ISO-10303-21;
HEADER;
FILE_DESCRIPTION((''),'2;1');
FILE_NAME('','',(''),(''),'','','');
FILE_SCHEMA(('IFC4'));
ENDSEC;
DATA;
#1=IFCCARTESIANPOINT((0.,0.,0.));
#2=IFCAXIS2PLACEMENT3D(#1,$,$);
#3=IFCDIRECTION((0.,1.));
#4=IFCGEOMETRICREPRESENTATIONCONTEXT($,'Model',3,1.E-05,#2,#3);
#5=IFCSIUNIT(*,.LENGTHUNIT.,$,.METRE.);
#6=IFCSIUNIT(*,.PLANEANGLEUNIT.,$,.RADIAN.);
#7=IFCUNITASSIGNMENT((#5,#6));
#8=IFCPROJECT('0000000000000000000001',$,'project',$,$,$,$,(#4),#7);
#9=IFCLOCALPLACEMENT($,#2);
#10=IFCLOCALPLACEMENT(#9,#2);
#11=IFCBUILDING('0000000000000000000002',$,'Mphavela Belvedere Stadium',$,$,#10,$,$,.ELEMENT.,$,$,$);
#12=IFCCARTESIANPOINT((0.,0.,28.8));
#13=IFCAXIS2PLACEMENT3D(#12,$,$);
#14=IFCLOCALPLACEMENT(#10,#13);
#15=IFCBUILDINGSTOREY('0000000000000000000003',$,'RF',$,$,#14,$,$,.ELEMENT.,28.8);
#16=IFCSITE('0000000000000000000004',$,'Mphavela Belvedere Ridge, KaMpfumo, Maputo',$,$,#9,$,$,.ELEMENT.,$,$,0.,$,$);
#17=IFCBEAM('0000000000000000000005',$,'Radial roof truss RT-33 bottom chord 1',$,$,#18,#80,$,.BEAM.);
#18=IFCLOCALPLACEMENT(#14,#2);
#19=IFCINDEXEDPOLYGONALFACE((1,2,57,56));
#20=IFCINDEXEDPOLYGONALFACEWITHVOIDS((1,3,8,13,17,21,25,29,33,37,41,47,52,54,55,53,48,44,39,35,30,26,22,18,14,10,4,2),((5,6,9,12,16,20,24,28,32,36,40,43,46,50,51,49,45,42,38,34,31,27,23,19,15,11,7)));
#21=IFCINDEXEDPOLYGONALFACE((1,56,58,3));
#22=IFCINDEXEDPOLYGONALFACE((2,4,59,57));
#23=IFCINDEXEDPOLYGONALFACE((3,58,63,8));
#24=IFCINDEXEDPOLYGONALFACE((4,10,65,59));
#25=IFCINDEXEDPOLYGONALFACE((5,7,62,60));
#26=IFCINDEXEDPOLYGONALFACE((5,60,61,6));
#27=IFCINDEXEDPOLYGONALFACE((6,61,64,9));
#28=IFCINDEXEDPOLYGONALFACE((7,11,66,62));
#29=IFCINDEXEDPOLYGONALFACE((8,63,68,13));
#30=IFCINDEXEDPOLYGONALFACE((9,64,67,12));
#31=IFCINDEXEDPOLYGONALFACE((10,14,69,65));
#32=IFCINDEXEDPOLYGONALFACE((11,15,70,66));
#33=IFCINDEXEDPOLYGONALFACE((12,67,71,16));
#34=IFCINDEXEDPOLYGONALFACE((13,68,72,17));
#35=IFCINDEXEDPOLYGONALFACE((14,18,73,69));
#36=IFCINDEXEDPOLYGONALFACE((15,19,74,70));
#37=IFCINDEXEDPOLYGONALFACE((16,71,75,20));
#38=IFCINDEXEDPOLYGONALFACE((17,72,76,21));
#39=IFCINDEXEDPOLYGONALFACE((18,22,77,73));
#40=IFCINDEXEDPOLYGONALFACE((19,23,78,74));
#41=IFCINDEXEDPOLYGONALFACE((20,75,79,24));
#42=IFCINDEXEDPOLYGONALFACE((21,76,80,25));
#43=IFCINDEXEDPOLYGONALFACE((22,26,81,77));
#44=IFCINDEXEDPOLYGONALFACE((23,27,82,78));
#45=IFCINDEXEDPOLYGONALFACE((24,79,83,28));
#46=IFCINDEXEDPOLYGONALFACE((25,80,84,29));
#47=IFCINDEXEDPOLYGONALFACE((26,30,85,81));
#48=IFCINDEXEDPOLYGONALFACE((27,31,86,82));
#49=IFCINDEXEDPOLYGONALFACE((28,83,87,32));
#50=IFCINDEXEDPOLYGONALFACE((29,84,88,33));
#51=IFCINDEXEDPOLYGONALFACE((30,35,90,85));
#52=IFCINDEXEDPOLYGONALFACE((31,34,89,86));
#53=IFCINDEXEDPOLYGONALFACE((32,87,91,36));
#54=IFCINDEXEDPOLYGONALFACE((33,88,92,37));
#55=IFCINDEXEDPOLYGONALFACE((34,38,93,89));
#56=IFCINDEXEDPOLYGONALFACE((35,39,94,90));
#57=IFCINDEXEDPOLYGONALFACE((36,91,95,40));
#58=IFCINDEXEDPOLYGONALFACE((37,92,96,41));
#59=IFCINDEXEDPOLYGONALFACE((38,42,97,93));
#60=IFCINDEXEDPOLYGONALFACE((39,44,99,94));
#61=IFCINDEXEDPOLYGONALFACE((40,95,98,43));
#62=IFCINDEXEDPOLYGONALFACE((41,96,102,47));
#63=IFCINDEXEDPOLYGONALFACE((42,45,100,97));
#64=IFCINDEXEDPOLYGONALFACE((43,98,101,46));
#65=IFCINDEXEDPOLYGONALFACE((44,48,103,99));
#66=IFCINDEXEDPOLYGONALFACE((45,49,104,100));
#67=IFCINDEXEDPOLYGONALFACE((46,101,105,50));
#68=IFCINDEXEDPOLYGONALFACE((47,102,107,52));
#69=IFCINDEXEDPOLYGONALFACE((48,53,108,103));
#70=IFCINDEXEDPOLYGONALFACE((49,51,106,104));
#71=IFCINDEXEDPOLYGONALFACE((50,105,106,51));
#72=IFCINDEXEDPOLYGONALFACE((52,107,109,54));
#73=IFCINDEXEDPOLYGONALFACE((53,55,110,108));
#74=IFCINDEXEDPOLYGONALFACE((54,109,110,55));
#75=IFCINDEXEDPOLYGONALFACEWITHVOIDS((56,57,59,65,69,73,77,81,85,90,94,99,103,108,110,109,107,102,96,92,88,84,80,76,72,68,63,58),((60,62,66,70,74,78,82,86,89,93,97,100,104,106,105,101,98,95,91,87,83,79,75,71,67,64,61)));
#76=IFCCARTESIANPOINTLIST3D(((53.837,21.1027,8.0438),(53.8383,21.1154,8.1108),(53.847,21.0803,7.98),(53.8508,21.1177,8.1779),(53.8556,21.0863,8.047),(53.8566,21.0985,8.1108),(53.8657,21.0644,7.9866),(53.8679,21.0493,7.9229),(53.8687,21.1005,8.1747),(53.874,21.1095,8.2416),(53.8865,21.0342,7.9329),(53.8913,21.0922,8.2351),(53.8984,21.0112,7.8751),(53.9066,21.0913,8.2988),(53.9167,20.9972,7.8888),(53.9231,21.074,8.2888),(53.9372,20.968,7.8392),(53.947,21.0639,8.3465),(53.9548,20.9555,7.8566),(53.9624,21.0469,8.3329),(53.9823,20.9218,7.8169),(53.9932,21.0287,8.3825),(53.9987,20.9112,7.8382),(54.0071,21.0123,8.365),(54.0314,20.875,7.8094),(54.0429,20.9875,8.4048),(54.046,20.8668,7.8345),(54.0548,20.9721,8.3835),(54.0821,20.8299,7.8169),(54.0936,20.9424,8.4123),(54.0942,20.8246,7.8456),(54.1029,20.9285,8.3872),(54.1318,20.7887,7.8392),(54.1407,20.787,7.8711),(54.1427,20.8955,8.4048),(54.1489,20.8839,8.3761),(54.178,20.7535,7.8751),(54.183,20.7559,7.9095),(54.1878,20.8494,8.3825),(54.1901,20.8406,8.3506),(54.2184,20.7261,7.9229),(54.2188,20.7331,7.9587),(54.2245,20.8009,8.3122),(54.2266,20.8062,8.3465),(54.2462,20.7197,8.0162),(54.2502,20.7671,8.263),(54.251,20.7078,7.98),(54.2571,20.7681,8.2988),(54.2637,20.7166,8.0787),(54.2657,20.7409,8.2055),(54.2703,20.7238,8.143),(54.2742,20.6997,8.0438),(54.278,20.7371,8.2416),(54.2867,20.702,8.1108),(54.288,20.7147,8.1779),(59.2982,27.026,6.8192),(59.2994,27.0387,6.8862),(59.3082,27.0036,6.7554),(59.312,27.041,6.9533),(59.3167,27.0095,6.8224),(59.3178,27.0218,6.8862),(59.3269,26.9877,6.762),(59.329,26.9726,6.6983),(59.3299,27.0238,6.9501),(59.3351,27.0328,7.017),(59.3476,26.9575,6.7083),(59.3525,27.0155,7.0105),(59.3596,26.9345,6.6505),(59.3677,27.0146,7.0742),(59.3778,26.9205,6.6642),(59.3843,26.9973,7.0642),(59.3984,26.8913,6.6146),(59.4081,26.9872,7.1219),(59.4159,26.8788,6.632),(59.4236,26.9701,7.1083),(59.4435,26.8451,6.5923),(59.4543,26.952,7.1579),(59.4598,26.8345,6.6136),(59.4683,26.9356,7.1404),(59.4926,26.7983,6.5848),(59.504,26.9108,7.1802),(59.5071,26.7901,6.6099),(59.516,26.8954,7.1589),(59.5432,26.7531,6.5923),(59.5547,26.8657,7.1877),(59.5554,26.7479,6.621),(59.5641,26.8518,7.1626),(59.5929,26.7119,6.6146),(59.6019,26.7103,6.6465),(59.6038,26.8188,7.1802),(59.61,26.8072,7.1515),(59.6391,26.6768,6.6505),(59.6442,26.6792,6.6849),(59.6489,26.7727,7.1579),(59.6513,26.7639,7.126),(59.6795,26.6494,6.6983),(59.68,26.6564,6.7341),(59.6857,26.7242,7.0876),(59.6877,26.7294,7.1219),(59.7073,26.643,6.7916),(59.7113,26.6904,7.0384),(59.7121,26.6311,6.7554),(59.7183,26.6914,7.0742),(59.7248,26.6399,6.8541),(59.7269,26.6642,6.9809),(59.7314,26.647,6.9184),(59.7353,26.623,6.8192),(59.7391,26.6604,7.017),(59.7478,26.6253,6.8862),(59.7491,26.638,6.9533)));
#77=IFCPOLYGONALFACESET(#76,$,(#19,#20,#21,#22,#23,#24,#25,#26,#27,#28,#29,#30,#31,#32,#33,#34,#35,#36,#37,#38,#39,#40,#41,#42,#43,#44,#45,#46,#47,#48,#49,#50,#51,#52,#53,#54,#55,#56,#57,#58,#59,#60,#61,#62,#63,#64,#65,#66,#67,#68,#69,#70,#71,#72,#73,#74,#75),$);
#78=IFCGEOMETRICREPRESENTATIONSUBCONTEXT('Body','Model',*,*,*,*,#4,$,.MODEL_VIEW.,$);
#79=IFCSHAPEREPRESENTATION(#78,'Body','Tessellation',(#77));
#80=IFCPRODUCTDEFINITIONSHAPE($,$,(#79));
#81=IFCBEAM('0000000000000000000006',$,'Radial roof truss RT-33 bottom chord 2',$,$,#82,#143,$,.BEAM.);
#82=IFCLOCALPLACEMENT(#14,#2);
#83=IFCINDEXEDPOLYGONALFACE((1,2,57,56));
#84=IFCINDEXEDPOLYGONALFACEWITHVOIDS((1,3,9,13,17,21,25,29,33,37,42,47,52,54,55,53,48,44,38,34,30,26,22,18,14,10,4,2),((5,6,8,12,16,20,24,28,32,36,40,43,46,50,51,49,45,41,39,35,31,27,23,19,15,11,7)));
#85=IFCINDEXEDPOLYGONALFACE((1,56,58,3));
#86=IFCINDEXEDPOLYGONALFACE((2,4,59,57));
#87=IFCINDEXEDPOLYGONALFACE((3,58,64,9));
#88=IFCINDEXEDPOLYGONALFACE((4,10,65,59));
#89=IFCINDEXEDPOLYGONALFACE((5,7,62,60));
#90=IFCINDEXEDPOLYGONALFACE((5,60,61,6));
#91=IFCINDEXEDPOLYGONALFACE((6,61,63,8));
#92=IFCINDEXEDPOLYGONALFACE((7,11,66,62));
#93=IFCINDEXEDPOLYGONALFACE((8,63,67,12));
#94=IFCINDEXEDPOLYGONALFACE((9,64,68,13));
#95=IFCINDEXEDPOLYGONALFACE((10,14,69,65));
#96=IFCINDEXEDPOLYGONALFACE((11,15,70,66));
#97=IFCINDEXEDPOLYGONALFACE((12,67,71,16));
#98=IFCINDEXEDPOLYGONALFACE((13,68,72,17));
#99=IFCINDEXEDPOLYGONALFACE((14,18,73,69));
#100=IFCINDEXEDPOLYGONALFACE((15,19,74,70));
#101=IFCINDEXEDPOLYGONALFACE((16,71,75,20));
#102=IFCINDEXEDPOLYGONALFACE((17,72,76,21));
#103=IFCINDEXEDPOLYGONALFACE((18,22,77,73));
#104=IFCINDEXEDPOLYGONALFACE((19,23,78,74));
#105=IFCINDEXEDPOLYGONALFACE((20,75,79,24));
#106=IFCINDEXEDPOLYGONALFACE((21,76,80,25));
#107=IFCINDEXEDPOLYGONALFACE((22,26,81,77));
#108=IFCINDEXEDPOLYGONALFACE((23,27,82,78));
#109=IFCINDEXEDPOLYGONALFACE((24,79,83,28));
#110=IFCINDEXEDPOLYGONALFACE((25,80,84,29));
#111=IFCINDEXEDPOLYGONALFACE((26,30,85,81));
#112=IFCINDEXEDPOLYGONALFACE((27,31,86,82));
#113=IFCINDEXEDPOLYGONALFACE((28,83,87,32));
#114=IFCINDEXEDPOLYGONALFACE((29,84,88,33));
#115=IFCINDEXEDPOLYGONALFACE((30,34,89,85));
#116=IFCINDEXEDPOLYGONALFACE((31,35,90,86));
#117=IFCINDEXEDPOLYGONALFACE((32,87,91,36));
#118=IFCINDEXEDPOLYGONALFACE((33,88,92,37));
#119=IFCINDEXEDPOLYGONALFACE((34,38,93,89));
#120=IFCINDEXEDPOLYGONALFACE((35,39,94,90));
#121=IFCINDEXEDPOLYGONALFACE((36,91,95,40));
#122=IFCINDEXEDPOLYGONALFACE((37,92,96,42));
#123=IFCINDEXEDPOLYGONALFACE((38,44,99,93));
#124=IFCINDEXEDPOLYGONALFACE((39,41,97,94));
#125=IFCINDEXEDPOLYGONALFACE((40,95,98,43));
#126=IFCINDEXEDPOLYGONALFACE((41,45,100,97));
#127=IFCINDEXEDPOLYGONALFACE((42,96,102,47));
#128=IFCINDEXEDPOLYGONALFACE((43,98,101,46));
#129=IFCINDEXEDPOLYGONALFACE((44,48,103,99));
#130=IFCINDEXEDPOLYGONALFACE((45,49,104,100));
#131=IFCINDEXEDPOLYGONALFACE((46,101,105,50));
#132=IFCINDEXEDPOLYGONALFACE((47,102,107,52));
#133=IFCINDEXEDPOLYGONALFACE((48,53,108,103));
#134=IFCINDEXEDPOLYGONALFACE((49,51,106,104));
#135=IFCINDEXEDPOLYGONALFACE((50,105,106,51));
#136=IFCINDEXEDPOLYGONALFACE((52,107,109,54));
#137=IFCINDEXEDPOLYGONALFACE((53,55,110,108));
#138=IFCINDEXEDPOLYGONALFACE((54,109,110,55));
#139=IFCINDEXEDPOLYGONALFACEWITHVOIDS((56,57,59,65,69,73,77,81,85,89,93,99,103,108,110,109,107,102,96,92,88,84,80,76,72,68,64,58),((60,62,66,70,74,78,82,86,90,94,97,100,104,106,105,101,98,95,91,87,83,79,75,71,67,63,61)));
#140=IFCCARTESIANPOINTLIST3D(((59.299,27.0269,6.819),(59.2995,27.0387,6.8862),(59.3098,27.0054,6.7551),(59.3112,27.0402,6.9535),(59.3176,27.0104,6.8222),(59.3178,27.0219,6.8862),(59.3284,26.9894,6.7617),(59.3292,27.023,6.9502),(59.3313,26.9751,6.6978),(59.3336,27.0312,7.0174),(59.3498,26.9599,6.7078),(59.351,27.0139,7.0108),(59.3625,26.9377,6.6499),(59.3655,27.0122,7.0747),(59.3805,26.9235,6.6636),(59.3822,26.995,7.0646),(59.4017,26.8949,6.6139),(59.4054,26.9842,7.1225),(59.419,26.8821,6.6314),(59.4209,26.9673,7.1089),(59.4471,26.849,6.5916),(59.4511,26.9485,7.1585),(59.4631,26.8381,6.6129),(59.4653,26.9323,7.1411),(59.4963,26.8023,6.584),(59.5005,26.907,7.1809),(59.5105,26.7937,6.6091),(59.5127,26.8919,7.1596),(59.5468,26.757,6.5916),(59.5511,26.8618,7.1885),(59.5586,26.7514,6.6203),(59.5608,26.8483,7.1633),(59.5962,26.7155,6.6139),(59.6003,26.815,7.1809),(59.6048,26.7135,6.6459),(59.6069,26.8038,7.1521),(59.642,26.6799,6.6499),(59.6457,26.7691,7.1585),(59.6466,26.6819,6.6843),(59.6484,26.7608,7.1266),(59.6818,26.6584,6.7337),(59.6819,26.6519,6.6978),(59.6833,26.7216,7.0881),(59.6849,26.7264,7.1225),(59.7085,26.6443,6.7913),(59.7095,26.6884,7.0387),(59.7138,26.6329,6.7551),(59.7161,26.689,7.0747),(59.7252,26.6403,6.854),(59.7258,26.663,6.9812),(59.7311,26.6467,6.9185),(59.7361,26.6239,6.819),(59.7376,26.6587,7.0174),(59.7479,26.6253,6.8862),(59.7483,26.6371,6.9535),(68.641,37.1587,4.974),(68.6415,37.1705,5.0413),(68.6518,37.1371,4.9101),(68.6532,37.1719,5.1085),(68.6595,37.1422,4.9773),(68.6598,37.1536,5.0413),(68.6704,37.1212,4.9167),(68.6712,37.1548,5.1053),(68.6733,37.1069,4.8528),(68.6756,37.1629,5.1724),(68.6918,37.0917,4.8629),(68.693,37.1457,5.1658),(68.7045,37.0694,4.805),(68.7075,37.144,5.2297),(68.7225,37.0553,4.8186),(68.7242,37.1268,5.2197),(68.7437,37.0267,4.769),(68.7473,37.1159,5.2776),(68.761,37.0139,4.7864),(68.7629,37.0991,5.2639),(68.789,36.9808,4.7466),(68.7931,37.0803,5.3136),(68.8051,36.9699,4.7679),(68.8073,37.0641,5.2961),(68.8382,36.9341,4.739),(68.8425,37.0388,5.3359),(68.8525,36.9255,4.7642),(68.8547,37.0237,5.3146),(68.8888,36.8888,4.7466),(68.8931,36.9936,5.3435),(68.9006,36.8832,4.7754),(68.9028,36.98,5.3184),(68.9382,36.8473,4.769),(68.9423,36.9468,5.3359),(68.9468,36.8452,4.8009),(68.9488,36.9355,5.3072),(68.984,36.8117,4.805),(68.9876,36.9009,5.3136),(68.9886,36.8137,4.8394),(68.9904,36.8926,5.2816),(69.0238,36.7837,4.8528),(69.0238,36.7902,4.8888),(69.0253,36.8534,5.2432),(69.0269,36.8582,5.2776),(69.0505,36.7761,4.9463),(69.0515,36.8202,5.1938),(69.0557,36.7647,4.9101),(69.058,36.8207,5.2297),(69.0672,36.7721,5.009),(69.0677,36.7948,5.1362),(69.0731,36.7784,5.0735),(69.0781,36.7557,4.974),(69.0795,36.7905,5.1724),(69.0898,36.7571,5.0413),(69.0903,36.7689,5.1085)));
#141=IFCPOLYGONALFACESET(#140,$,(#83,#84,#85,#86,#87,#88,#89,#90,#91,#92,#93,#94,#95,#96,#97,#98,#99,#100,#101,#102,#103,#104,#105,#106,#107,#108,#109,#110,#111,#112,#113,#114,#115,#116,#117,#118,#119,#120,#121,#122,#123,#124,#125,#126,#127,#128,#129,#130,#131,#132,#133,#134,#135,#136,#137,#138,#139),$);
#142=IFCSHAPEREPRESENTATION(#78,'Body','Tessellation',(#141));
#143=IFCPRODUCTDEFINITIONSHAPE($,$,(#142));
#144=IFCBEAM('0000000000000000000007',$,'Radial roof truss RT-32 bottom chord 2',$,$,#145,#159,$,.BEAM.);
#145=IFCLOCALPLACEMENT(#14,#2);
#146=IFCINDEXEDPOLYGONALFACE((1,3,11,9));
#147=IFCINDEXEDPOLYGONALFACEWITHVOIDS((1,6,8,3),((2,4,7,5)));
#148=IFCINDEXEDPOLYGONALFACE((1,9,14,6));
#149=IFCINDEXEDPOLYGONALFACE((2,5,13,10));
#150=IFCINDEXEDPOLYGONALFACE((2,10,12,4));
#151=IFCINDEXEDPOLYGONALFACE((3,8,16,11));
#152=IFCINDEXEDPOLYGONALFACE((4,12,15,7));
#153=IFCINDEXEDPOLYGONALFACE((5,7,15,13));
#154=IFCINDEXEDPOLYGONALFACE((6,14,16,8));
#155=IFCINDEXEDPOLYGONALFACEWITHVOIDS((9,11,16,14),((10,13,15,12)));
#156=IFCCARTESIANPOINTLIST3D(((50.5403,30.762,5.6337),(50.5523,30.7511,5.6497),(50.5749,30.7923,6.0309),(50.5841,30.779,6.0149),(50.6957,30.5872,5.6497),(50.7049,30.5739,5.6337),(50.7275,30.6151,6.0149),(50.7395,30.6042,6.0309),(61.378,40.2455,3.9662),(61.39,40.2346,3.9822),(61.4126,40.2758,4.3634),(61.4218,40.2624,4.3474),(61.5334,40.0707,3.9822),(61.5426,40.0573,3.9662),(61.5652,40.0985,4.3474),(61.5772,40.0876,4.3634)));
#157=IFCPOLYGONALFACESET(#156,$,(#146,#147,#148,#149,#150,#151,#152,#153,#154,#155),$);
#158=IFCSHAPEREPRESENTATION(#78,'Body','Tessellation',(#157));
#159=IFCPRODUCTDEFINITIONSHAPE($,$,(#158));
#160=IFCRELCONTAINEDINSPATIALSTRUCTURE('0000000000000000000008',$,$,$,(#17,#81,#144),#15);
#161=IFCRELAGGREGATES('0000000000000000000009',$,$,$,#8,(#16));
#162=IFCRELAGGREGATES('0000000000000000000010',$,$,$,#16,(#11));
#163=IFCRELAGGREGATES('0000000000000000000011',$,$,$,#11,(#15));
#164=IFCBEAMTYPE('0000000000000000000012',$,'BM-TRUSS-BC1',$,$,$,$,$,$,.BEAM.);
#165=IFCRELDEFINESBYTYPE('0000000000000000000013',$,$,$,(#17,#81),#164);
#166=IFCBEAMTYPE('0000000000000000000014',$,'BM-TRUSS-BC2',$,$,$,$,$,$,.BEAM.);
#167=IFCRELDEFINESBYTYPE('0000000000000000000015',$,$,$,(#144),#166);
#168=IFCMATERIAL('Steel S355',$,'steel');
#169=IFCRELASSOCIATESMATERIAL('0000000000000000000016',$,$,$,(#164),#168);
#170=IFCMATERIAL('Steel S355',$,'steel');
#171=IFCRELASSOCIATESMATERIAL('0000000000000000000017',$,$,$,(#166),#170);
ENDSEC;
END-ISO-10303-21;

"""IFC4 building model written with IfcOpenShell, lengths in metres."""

from ifc_helpers import new_model, si_unit, direction, frame, origin, origin_2d, place, context, subcontext, project, spatial, hollow_rectangle, hollow_circle, extrude, material, material_profile, profile_set, type_object, element, save


model = new_model("IFC4")

# Units and contexts
model_context = context("Model", 3, precision=1e-05, world=origin(), true_north=direction((0.0, 1.0)))
body_context = subcontext(model_context, "Body", "Model", "MODEL_VIEW")
ifc_project = project(units=[si_unit("LENGTHUNIT", "METRE"), si_unit("PLANEANGLEUNIT", "RADIAN")], contexts=[model_context])

# Site, building, storey
site_placement = place(None, origin())
site = spatial("IfcSite", under=ifc_project, at=site_placement, Name="Mphavela Belvedere Ridge, KaMpfumo, Maputo", CompositionType="ELEMENT", RefElevation=0.0)
building_placement = place(site_placement, origin())
building = spatial("IfcBuilding", under=site, at=building_placement, Name="Mphavela Belvedere Stadium", CompositionType="ELEMENT")
storey_placement = place(building_placement, frame((0.0, 0.0, 28.8)))
storey = spatial("IfcBuildingStorey", under=building, at=storey_placement, Name="RF", CompositionType="ELEMENT", Elevation=28.8)

# Beams
ifc_material_1 = material(Name="Steel S355", Category="steel")
ifc_material_profile_1 = material_profile(ifc_material_1, hollow_circle(Radius=0.3049, WallThickness=0.0249, at=origin_2d()), Name="CHS 610x25")
ifc_profile_set_1 = profile_set([ifc_material_profile_1], Name="Steel S355")
beam_type_1 = type_object("IfcBeamType", Name="BM-TRUSS-BC1", PredefinedType="BEAM", material=ifc_profile_set_1)
beam_1_placement = place(storey_placement, frame((54.0625, 20.9087, 8.1108), z_axis=(0.670146, 0.726858, -0.150273), x_axis=(-0.735206, 0.677843, 0.0)))
element("IfcBeam", 1, at=beam_1_placement, inside=storey, type_object=beam_type_1, Name="Radial roof truss RT-33 bottom chord 1", PredefinedType="BEAM", context=body_context, shape_type="SweptSolid", body=[
    extrude(hollow_circle(Radius=0.3049, WallThickness=0.0249, at=origin_2d()), origin(), (0.0, 0.0, 1.0), 8.1492),
])
beam_2_placement = place(storey_placement, frame((59.5237, 26.832, 6.8862), z_axis=(0.671878, 0.72868, -0.13269), x_axis=(-0.73518, 0.677872, 0.0)))
element("IfcBeam", 2, at=beam_2_placement, inside=storey, type_object=beam_type_1, Name="Radial roof truss RT-33 bottom chord 2", PredefinedType="BEAM", context=body_context, shape_type="SweptSolid", body=[
    extrude(hollow_circle(Radius=0.3049, WallThickness=0.0249, at=origin_2d()), origin(), (0.0, 0.0, 1.0), 13.9043),
])
ifc_material_2 = material(Name="Steel S355", Category="steel")
ifc_material_profile_2 = material_profile(ifc_material_2, hollow_rectangle(XDim=0.25, YDim=0.3999, WallThickness=0.0161, at=origin_2d()), Name="RHS 400x250x16")
ifc_profile_set_2 = profile_set([ifc_material_profile_2], Name="Steel S355")
beam_type_2 = type_object("IfcBeamType", Name="BM-TRUSS-BC2", PredefinedType="BEAM", material=ifc_profile_set_2)
beam_3_placement = place(storey_placement, frame((50.6399, 30.6831, 5.8323), z_axis=(0.747566, 0.654152, -0.115021), x_axis=(-0.658523, 0.752561, 0.0)))
element("IfcBeam", 3, at=beam_3_placement, inside=storey, type_object=beam_type_2, Name="Radial roof truss RT-32 bottom chord 2", PredefinedType="BEAM", context=body_context, shape_type="SweptSolid", body=[
    extrude(hollow_rectangle(XDim=0.25, YDim=0.3999, WallThickness=0.0161, at=origin_2d()), origin(), (0.0, 0.0, 1.0), 14.4973),
])

save(model, "model.ifc")
